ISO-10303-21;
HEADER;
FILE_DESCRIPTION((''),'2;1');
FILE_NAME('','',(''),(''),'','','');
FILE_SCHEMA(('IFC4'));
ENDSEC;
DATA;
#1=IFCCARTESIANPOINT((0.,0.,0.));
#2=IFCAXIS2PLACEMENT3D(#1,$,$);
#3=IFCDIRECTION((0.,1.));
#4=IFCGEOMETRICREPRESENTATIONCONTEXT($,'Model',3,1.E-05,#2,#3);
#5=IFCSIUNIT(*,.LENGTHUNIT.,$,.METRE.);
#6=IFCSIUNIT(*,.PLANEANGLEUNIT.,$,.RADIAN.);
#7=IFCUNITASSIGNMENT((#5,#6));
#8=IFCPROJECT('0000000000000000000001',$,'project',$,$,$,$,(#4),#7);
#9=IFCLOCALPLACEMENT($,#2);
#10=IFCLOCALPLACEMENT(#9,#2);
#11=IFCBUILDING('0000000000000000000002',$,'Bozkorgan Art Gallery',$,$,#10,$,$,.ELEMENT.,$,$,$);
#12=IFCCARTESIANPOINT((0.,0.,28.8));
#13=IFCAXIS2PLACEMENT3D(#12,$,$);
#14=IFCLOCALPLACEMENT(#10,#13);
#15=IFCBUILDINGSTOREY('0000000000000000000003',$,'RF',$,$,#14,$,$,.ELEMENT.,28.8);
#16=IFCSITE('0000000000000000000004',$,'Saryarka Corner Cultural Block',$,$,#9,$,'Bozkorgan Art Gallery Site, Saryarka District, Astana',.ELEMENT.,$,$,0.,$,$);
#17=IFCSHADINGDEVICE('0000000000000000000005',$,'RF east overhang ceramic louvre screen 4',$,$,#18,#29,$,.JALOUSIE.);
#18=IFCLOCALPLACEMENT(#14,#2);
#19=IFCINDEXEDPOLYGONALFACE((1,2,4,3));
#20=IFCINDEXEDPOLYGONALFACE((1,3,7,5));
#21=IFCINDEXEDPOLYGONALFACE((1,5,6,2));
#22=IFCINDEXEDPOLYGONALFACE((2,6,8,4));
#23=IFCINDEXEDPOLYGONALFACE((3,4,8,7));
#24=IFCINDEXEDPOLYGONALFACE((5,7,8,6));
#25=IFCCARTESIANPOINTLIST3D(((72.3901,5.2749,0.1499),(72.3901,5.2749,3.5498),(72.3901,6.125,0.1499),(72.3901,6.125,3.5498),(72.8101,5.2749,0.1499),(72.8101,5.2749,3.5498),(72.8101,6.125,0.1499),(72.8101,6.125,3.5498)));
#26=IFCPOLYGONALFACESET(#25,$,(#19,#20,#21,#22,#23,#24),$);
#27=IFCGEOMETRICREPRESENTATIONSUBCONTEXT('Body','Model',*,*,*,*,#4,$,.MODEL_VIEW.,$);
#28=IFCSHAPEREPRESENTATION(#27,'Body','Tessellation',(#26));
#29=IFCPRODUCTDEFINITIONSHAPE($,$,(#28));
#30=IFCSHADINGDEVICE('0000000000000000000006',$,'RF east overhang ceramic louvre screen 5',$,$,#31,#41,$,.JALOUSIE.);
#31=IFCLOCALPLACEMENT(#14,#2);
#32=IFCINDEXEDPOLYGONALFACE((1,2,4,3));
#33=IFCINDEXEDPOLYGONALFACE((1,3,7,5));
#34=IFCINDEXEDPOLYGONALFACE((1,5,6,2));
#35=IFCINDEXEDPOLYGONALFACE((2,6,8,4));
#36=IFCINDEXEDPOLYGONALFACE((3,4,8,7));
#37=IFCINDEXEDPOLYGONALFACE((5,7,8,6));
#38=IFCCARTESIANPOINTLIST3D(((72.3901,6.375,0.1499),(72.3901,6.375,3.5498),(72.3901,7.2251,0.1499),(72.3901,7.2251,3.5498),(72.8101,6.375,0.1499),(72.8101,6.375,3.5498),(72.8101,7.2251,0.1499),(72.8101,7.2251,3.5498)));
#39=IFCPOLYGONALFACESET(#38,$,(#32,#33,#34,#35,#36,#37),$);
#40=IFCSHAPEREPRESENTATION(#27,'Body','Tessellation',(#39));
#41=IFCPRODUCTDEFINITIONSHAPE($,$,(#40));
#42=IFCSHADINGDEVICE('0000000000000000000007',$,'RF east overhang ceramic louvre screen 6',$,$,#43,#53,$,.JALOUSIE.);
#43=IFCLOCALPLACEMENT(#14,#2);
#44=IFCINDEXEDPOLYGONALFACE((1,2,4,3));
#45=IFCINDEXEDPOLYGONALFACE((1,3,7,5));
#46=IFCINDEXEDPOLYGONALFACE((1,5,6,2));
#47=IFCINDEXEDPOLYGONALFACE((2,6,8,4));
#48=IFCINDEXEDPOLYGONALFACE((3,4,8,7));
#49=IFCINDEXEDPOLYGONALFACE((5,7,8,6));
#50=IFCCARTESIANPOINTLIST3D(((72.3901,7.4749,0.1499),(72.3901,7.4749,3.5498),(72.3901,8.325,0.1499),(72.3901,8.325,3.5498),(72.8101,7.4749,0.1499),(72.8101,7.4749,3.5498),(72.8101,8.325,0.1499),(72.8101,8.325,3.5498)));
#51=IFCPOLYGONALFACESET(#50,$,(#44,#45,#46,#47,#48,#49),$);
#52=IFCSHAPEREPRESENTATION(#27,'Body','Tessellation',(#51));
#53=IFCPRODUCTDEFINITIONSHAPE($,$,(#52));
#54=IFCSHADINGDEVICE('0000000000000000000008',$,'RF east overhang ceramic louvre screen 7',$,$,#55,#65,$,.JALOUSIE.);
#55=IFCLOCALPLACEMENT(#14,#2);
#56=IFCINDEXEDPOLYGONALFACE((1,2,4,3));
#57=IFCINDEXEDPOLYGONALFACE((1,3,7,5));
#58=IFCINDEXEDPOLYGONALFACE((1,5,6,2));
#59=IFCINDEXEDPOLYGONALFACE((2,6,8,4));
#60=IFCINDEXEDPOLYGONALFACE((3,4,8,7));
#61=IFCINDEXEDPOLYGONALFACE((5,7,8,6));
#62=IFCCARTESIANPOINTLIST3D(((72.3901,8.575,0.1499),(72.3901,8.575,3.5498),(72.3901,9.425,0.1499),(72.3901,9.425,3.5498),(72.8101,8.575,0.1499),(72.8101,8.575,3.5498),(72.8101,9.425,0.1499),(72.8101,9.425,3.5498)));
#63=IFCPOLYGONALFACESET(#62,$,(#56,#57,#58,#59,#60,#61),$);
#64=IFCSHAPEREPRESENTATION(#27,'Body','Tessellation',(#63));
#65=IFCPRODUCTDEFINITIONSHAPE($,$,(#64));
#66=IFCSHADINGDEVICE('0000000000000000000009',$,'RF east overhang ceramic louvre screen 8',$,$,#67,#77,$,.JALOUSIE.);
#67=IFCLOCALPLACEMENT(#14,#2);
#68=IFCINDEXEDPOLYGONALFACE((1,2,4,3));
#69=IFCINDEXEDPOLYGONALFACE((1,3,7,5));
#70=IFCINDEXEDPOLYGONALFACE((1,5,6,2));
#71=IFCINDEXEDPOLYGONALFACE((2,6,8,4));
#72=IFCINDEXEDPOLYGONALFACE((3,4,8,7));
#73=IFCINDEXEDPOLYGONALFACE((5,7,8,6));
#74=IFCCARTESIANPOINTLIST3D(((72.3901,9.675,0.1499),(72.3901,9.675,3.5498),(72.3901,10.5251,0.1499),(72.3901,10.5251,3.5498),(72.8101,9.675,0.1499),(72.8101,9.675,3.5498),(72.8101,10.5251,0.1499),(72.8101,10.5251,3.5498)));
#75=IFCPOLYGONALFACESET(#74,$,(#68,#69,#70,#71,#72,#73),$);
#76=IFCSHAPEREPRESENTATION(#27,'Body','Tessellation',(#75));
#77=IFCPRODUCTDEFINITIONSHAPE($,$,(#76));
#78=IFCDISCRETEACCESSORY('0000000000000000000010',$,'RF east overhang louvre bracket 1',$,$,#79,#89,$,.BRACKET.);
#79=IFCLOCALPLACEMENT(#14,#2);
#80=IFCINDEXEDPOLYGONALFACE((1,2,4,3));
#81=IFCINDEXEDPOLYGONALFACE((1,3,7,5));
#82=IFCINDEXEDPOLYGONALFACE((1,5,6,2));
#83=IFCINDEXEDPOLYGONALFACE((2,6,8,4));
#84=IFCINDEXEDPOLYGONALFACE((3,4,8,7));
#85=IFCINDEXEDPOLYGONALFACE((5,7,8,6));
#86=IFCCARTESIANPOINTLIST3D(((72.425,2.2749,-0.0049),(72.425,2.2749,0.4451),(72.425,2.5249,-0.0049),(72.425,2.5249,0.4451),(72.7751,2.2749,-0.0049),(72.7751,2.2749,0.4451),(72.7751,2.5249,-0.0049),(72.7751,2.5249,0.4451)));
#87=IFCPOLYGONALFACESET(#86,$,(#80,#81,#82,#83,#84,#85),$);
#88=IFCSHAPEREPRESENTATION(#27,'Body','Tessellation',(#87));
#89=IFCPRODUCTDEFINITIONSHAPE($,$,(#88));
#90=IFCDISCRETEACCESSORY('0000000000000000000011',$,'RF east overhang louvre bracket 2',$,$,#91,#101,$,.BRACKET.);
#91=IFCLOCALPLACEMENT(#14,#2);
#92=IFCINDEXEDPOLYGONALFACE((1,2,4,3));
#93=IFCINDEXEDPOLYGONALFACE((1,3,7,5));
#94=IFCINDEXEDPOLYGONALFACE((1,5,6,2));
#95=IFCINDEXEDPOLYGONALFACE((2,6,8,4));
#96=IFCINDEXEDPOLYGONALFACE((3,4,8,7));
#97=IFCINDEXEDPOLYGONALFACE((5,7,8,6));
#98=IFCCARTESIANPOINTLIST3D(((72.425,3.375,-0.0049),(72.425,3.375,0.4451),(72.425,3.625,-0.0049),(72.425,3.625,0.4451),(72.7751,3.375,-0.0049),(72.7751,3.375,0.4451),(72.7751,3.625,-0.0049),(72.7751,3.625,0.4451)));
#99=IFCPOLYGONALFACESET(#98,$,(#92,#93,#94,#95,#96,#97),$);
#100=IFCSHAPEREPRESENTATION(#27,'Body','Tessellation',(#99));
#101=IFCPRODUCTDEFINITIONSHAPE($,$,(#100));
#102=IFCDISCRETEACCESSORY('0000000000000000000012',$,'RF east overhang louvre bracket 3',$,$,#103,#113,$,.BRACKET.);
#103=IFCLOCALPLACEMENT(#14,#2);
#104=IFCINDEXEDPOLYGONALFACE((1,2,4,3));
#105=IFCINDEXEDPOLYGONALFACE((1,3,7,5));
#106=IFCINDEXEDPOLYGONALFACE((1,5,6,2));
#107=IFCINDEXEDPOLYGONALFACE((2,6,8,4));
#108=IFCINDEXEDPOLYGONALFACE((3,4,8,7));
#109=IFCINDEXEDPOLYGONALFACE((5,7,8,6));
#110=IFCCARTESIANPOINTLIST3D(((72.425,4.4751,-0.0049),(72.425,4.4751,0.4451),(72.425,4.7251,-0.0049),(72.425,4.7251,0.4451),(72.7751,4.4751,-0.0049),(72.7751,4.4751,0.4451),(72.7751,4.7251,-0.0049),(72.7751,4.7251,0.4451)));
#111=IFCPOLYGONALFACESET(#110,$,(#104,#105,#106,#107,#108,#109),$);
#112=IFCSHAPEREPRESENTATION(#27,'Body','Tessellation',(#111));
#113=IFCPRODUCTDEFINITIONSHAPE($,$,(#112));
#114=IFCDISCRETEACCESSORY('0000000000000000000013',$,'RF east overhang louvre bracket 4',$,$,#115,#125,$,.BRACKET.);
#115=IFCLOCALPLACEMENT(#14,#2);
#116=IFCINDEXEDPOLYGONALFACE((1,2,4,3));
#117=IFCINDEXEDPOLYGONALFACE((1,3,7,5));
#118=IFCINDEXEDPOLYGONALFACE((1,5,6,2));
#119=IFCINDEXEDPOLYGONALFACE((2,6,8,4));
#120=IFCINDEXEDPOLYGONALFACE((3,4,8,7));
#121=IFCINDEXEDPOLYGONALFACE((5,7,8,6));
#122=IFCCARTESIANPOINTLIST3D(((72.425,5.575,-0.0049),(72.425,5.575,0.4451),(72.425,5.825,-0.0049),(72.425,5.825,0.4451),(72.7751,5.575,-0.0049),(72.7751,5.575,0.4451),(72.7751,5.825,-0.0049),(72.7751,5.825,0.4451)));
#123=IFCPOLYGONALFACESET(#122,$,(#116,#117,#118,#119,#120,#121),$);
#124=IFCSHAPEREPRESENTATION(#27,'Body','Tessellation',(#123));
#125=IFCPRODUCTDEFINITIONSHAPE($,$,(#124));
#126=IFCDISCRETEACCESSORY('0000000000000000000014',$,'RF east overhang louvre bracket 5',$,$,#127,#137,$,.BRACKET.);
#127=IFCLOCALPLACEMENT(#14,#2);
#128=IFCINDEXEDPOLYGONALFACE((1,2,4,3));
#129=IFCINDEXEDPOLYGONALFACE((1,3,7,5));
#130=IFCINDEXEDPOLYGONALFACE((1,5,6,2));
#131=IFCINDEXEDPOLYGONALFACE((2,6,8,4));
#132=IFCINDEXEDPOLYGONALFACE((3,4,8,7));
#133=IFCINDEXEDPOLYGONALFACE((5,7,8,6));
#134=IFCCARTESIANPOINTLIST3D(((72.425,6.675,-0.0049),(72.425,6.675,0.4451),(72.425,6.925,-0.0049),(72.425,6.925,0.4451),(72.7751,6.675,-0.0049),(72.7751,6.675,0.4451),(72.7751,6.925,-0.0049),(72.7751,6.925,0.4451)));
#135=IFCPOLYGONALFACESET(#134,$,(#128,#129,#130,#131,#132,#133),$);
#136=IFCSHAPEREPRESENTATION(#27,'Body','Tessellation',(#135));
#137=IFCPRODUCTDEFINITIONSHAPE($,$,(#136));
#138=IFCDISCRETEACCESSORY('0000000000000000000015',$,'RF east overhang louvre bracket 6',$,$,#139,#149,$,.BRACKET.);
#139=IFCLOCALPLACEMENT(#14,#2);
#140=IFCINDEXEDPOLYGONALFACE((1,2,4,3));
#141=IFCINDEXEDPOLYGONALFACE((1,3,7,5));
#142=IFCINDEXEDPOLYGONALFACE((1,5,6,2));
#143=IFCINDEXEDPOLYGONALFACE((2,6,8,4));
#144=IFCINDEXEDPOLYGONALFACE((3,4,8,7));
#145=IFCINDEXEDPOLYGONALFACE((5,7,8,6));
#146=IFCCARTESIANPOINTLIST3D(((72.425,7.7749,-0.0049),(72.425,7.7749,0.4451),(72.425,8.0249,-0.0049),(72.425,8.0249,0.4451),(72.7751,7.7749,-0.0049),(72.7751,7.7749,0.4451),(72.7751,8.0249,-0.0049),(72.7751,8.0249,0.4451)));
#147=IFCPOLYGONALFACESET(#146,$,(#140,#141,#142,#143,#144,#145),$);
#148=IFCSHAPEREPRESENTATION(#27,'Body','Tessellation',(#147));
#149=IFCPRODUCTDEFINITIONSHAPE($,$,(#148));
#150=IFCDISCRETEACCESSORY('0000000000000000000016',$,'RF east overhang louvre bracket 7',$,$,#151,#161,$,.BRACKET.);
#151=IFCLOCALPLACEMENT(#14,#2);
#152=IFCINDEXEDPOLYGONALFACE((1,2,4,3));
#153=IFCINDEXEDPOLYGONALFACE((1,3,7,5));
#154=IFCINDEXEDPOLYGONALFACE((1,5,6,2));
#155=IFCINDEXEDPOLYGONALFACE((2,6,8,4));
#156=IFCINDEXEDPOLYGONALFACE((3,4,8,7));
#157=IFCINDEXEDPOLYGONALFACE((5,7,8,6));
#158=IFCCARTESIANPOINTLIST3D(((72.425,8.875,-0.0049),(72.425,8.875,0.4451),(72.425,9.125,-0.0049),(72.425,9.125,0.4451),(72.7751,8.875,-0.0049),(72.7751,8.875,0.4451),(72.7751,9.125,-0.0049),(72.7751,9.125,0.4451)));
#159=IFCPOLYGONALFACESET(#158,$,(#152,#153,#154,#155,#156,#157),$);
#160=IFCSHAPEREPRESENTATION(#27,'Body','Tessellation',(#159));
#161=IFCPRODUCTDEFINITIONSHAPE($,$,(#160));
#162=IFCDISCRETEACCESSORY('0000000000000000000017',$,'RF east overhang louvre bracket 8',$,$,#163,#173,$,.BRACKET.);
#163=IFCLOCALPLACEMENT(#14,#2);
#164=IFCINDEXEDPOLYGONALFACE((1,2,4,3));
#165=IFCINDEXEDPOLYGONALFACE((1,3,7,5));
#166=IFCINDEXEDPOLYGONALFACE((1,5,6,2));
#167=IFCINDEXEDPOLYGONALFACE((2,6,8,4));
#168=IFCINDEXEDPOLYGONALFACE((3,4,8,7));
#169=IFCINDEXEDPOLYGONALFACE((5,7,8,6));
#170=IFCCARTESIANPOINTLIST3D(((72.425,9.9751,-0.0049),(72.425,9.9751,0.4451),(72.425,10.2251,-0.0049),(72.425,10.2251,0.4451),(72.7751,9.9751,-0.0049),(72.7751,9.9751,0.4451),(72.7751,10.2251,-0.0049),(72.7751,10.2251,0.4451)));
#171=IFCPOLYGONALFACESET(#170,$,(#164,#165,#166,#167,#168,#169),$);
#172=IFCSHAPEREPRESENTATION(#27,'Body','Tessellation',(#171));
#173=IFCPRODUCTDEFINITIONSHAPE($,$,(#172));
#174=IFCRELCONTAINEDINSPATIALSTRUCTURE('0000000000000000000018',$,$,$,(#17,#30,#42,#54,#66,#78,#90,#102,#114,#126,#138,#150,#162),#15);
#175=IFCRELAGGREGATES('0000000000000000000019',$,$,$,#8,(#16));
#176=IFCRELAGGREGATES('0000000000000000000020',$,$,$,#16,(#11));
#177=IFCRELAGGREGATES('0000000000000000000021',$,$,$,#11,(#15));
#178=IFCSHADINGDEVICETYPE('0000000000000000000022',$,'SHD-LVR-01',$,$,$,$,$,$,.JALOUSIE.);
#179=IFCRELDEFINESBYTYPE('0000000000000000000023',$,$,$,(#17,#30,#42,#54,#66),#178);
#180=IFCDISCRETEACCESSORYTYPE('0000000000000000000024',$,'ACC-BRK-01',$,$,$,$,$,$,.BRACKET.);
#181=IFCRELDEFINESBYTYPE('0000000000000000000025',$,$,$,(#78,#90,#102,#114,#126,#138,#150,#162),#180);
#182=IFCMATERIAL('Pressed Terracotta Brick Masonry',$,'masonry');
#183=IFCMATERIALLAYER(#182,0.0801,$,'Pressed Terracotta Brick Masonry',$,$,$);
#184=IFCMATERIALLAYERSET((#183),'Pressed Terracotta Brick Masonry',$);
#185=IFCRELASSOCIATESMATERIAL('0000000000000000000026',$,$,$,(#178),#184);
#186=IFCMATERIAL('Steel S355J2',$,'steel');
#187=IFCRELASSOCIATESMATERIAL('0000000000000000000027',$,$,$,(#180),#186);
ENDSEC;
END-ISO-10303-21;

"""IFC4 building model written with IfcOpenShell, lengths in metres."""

from ifc_helpers import new_model, si_unit, direction, frame, origin, origin_2d, place, context, subcontext, project, spatial, rectangle, extrude, material, layer, layer_set, type_object, element, save


model = new_model("IFC4")

# Units and contexts
model_context = context("Model", 3, precision=1e-05, world=origin(), true_north=direction((0.0, 1.0)))
body_context = subcontext(model_context, "Body", "Model", "MODEL_VIEW")
ifc_project = project(units=[si_unit("LENGTHUNIT", "METRE"), si_unit("PLANEANGLEUNIT", "RADIAN")], contexts=[model_context])

# Site, building, storey
site_placement = place(None, origin())
site = spatial("IfcSite", under=ifc_project, at=site_placement, Name="Saryarka Corner Cultural Block", LongName="Bozkorgan Art Gallery Site, Saryarka District, Astana", CompositionType="ELEMENT", RefElevation=0.0)
building_placement = place(site_placement, origin())
building = spatial("IfcBuilding", under=site, at=building_placement, Name="Bozkorgan Art Gallery", CompositionType="ELEMENT")
storey_placement = place(building_placement, frame((0.0, 0.0, 28.8)))
storey = spatial("IfcBuildingStorey", under=building, at=storey_placement, Name="RF", CompositionType="ELEMENT", Elevation=28.8)

# Shared definitions
ifc_material_1 = material(Name="Steel S355J2", Category="steel")

# Shading devices
ifc_material_2 = material(Name="Pressed Terracotta Brick Masonry", Category="masonry")
ifc_layer_1 = layer(ifc_material_2, 0.0801, Name="Pressed Terracotta Brick Masonry")
ifc_layer_set_1 = layer_set([ifc_layer_1], Name="Pressed Terracotta Brick Masonry")
shading_device_type = type_object("IfcShadingDeviceType", Name="SHD-LVR-01", PredefinedType="JALOUSIE", material=ifc_layer_set_1)
for number, where, z_axis, x_axis, name in (
    (1, (72.6001, 5.7, 0.1499), (0.0, 0.0, 1.0), (1.0, 0.0, 0.0), "RF east overhang ceramic louvre screen 4"),
    (2, (72.6001, 6.8, 0.1499), (0.0, 0.0, 1.0), (1.0, 0.0, 0.0), "RF east overhang ceramic louvre screen 5"),
    (3, (72.6001, 7.8999, 0.1499), (0.0, 0.0, 1.0), (1.0, 0.0, 0.0), "RF east overhang ceramic louvre screen 6"),
    (4, (72.6001, 9.0, 0.1499), (0.0, 0.0, 1.0), (1.0, 0.0, 0.0), "RF east overhang ceramic louvre screen 7"),
    (5, (72.6001, 10.1001, 0.1499), (0.0, 0.0, 1.0), (1.0, 0.0, 0.0), "RF east overhang ceramic louvre screen 8"),
):
    element("IfcShadingDevice", number, at=place(storey_placement, frame(where, z_axis=z_axis, x_axis=x_axis)), inside=storey, type_object=shading_device_type, Name=name, PredefinedType="JALOUSIE", context=body_context, shape_type="SweptSolid", body=[
        extrude(rectangle(XDim=0.4199, YDim=0.8501, at=origin_2d()), origin(), (0.0, 0.0, 1.0), 3.3999),
    ])

# Discrete accessories
discrete_accessory_type = type_object("IfcDiscreteAccessoryType", Name="ACC-BRK-01", PredefinedType="BRACKET", material=ifc_material_1)
for number, where, z_axis, x_axis, name in (
    (6, (72.6001, 2.3999, -0.0049), (0.0, 0.0, 1.0), (1.0, 0.0, 0.0), "RF east overhang louvre bracket 1"),
    (7, (72.6001, 3.5, -0.0049), (0.0, 0.0, 1.0), (1.0, 0.0, 0.0), "RF east overhang louvre bracket 2"),
    (8, (72.6001, 4.6001, -0.0049), (0.0, 0.0, 1.0), (1.0, 0.0, 0.0), "RF east overhang louvre bracket 3"),
    (9, (72.6001, 5.7, -0.0049), (0.0, 0.0, 1.0), (1.0, 0.0, 0.0), "RF east overhang louvre bracket 4"),
    (10, (72.6001, 6.8, -0.0049), (0.0, 0.0, 1.0), (1.0, 0.0, 0.0), "RF east overhang louvre bracket 5"),
    (11, (72.6001, 7.8999, -0.0049), (0.0, 0.0, 1.0), (1.0, 0.0, 0.0), "RF east overhang louvre bracket 6"),
    (12, (72.6001, 9.0, -0.0049), (0.0, 0.0, 1.0), (1.0, 0.0, 0.0), "RF east overhang louvre bracket 7"),
    (13, (72.6001, 10.1001, -0.0049), (0.0, 0.0, 1.0), (1.0, 0.0, 0.0), "RF east overhang louvre bracket 8"),
):
    element("IfcDiscreteAccessory", number, at=place(storey_placement, frame(where, z_axis=z_axis, x_axis=x_axis)), inside=storey, type_object=discrete_accessory_type, Name=name, PredefinedType="BRACKET", context=body_context, shape_type="SweptSolid", body=[
        extrude(rectangle(XDim=0.3501, YDim=0.25, at=origin_2d()), origin(), (0.0, 0.0, 1.0), 0.45),
    ])

save(model, "model.ifc")
